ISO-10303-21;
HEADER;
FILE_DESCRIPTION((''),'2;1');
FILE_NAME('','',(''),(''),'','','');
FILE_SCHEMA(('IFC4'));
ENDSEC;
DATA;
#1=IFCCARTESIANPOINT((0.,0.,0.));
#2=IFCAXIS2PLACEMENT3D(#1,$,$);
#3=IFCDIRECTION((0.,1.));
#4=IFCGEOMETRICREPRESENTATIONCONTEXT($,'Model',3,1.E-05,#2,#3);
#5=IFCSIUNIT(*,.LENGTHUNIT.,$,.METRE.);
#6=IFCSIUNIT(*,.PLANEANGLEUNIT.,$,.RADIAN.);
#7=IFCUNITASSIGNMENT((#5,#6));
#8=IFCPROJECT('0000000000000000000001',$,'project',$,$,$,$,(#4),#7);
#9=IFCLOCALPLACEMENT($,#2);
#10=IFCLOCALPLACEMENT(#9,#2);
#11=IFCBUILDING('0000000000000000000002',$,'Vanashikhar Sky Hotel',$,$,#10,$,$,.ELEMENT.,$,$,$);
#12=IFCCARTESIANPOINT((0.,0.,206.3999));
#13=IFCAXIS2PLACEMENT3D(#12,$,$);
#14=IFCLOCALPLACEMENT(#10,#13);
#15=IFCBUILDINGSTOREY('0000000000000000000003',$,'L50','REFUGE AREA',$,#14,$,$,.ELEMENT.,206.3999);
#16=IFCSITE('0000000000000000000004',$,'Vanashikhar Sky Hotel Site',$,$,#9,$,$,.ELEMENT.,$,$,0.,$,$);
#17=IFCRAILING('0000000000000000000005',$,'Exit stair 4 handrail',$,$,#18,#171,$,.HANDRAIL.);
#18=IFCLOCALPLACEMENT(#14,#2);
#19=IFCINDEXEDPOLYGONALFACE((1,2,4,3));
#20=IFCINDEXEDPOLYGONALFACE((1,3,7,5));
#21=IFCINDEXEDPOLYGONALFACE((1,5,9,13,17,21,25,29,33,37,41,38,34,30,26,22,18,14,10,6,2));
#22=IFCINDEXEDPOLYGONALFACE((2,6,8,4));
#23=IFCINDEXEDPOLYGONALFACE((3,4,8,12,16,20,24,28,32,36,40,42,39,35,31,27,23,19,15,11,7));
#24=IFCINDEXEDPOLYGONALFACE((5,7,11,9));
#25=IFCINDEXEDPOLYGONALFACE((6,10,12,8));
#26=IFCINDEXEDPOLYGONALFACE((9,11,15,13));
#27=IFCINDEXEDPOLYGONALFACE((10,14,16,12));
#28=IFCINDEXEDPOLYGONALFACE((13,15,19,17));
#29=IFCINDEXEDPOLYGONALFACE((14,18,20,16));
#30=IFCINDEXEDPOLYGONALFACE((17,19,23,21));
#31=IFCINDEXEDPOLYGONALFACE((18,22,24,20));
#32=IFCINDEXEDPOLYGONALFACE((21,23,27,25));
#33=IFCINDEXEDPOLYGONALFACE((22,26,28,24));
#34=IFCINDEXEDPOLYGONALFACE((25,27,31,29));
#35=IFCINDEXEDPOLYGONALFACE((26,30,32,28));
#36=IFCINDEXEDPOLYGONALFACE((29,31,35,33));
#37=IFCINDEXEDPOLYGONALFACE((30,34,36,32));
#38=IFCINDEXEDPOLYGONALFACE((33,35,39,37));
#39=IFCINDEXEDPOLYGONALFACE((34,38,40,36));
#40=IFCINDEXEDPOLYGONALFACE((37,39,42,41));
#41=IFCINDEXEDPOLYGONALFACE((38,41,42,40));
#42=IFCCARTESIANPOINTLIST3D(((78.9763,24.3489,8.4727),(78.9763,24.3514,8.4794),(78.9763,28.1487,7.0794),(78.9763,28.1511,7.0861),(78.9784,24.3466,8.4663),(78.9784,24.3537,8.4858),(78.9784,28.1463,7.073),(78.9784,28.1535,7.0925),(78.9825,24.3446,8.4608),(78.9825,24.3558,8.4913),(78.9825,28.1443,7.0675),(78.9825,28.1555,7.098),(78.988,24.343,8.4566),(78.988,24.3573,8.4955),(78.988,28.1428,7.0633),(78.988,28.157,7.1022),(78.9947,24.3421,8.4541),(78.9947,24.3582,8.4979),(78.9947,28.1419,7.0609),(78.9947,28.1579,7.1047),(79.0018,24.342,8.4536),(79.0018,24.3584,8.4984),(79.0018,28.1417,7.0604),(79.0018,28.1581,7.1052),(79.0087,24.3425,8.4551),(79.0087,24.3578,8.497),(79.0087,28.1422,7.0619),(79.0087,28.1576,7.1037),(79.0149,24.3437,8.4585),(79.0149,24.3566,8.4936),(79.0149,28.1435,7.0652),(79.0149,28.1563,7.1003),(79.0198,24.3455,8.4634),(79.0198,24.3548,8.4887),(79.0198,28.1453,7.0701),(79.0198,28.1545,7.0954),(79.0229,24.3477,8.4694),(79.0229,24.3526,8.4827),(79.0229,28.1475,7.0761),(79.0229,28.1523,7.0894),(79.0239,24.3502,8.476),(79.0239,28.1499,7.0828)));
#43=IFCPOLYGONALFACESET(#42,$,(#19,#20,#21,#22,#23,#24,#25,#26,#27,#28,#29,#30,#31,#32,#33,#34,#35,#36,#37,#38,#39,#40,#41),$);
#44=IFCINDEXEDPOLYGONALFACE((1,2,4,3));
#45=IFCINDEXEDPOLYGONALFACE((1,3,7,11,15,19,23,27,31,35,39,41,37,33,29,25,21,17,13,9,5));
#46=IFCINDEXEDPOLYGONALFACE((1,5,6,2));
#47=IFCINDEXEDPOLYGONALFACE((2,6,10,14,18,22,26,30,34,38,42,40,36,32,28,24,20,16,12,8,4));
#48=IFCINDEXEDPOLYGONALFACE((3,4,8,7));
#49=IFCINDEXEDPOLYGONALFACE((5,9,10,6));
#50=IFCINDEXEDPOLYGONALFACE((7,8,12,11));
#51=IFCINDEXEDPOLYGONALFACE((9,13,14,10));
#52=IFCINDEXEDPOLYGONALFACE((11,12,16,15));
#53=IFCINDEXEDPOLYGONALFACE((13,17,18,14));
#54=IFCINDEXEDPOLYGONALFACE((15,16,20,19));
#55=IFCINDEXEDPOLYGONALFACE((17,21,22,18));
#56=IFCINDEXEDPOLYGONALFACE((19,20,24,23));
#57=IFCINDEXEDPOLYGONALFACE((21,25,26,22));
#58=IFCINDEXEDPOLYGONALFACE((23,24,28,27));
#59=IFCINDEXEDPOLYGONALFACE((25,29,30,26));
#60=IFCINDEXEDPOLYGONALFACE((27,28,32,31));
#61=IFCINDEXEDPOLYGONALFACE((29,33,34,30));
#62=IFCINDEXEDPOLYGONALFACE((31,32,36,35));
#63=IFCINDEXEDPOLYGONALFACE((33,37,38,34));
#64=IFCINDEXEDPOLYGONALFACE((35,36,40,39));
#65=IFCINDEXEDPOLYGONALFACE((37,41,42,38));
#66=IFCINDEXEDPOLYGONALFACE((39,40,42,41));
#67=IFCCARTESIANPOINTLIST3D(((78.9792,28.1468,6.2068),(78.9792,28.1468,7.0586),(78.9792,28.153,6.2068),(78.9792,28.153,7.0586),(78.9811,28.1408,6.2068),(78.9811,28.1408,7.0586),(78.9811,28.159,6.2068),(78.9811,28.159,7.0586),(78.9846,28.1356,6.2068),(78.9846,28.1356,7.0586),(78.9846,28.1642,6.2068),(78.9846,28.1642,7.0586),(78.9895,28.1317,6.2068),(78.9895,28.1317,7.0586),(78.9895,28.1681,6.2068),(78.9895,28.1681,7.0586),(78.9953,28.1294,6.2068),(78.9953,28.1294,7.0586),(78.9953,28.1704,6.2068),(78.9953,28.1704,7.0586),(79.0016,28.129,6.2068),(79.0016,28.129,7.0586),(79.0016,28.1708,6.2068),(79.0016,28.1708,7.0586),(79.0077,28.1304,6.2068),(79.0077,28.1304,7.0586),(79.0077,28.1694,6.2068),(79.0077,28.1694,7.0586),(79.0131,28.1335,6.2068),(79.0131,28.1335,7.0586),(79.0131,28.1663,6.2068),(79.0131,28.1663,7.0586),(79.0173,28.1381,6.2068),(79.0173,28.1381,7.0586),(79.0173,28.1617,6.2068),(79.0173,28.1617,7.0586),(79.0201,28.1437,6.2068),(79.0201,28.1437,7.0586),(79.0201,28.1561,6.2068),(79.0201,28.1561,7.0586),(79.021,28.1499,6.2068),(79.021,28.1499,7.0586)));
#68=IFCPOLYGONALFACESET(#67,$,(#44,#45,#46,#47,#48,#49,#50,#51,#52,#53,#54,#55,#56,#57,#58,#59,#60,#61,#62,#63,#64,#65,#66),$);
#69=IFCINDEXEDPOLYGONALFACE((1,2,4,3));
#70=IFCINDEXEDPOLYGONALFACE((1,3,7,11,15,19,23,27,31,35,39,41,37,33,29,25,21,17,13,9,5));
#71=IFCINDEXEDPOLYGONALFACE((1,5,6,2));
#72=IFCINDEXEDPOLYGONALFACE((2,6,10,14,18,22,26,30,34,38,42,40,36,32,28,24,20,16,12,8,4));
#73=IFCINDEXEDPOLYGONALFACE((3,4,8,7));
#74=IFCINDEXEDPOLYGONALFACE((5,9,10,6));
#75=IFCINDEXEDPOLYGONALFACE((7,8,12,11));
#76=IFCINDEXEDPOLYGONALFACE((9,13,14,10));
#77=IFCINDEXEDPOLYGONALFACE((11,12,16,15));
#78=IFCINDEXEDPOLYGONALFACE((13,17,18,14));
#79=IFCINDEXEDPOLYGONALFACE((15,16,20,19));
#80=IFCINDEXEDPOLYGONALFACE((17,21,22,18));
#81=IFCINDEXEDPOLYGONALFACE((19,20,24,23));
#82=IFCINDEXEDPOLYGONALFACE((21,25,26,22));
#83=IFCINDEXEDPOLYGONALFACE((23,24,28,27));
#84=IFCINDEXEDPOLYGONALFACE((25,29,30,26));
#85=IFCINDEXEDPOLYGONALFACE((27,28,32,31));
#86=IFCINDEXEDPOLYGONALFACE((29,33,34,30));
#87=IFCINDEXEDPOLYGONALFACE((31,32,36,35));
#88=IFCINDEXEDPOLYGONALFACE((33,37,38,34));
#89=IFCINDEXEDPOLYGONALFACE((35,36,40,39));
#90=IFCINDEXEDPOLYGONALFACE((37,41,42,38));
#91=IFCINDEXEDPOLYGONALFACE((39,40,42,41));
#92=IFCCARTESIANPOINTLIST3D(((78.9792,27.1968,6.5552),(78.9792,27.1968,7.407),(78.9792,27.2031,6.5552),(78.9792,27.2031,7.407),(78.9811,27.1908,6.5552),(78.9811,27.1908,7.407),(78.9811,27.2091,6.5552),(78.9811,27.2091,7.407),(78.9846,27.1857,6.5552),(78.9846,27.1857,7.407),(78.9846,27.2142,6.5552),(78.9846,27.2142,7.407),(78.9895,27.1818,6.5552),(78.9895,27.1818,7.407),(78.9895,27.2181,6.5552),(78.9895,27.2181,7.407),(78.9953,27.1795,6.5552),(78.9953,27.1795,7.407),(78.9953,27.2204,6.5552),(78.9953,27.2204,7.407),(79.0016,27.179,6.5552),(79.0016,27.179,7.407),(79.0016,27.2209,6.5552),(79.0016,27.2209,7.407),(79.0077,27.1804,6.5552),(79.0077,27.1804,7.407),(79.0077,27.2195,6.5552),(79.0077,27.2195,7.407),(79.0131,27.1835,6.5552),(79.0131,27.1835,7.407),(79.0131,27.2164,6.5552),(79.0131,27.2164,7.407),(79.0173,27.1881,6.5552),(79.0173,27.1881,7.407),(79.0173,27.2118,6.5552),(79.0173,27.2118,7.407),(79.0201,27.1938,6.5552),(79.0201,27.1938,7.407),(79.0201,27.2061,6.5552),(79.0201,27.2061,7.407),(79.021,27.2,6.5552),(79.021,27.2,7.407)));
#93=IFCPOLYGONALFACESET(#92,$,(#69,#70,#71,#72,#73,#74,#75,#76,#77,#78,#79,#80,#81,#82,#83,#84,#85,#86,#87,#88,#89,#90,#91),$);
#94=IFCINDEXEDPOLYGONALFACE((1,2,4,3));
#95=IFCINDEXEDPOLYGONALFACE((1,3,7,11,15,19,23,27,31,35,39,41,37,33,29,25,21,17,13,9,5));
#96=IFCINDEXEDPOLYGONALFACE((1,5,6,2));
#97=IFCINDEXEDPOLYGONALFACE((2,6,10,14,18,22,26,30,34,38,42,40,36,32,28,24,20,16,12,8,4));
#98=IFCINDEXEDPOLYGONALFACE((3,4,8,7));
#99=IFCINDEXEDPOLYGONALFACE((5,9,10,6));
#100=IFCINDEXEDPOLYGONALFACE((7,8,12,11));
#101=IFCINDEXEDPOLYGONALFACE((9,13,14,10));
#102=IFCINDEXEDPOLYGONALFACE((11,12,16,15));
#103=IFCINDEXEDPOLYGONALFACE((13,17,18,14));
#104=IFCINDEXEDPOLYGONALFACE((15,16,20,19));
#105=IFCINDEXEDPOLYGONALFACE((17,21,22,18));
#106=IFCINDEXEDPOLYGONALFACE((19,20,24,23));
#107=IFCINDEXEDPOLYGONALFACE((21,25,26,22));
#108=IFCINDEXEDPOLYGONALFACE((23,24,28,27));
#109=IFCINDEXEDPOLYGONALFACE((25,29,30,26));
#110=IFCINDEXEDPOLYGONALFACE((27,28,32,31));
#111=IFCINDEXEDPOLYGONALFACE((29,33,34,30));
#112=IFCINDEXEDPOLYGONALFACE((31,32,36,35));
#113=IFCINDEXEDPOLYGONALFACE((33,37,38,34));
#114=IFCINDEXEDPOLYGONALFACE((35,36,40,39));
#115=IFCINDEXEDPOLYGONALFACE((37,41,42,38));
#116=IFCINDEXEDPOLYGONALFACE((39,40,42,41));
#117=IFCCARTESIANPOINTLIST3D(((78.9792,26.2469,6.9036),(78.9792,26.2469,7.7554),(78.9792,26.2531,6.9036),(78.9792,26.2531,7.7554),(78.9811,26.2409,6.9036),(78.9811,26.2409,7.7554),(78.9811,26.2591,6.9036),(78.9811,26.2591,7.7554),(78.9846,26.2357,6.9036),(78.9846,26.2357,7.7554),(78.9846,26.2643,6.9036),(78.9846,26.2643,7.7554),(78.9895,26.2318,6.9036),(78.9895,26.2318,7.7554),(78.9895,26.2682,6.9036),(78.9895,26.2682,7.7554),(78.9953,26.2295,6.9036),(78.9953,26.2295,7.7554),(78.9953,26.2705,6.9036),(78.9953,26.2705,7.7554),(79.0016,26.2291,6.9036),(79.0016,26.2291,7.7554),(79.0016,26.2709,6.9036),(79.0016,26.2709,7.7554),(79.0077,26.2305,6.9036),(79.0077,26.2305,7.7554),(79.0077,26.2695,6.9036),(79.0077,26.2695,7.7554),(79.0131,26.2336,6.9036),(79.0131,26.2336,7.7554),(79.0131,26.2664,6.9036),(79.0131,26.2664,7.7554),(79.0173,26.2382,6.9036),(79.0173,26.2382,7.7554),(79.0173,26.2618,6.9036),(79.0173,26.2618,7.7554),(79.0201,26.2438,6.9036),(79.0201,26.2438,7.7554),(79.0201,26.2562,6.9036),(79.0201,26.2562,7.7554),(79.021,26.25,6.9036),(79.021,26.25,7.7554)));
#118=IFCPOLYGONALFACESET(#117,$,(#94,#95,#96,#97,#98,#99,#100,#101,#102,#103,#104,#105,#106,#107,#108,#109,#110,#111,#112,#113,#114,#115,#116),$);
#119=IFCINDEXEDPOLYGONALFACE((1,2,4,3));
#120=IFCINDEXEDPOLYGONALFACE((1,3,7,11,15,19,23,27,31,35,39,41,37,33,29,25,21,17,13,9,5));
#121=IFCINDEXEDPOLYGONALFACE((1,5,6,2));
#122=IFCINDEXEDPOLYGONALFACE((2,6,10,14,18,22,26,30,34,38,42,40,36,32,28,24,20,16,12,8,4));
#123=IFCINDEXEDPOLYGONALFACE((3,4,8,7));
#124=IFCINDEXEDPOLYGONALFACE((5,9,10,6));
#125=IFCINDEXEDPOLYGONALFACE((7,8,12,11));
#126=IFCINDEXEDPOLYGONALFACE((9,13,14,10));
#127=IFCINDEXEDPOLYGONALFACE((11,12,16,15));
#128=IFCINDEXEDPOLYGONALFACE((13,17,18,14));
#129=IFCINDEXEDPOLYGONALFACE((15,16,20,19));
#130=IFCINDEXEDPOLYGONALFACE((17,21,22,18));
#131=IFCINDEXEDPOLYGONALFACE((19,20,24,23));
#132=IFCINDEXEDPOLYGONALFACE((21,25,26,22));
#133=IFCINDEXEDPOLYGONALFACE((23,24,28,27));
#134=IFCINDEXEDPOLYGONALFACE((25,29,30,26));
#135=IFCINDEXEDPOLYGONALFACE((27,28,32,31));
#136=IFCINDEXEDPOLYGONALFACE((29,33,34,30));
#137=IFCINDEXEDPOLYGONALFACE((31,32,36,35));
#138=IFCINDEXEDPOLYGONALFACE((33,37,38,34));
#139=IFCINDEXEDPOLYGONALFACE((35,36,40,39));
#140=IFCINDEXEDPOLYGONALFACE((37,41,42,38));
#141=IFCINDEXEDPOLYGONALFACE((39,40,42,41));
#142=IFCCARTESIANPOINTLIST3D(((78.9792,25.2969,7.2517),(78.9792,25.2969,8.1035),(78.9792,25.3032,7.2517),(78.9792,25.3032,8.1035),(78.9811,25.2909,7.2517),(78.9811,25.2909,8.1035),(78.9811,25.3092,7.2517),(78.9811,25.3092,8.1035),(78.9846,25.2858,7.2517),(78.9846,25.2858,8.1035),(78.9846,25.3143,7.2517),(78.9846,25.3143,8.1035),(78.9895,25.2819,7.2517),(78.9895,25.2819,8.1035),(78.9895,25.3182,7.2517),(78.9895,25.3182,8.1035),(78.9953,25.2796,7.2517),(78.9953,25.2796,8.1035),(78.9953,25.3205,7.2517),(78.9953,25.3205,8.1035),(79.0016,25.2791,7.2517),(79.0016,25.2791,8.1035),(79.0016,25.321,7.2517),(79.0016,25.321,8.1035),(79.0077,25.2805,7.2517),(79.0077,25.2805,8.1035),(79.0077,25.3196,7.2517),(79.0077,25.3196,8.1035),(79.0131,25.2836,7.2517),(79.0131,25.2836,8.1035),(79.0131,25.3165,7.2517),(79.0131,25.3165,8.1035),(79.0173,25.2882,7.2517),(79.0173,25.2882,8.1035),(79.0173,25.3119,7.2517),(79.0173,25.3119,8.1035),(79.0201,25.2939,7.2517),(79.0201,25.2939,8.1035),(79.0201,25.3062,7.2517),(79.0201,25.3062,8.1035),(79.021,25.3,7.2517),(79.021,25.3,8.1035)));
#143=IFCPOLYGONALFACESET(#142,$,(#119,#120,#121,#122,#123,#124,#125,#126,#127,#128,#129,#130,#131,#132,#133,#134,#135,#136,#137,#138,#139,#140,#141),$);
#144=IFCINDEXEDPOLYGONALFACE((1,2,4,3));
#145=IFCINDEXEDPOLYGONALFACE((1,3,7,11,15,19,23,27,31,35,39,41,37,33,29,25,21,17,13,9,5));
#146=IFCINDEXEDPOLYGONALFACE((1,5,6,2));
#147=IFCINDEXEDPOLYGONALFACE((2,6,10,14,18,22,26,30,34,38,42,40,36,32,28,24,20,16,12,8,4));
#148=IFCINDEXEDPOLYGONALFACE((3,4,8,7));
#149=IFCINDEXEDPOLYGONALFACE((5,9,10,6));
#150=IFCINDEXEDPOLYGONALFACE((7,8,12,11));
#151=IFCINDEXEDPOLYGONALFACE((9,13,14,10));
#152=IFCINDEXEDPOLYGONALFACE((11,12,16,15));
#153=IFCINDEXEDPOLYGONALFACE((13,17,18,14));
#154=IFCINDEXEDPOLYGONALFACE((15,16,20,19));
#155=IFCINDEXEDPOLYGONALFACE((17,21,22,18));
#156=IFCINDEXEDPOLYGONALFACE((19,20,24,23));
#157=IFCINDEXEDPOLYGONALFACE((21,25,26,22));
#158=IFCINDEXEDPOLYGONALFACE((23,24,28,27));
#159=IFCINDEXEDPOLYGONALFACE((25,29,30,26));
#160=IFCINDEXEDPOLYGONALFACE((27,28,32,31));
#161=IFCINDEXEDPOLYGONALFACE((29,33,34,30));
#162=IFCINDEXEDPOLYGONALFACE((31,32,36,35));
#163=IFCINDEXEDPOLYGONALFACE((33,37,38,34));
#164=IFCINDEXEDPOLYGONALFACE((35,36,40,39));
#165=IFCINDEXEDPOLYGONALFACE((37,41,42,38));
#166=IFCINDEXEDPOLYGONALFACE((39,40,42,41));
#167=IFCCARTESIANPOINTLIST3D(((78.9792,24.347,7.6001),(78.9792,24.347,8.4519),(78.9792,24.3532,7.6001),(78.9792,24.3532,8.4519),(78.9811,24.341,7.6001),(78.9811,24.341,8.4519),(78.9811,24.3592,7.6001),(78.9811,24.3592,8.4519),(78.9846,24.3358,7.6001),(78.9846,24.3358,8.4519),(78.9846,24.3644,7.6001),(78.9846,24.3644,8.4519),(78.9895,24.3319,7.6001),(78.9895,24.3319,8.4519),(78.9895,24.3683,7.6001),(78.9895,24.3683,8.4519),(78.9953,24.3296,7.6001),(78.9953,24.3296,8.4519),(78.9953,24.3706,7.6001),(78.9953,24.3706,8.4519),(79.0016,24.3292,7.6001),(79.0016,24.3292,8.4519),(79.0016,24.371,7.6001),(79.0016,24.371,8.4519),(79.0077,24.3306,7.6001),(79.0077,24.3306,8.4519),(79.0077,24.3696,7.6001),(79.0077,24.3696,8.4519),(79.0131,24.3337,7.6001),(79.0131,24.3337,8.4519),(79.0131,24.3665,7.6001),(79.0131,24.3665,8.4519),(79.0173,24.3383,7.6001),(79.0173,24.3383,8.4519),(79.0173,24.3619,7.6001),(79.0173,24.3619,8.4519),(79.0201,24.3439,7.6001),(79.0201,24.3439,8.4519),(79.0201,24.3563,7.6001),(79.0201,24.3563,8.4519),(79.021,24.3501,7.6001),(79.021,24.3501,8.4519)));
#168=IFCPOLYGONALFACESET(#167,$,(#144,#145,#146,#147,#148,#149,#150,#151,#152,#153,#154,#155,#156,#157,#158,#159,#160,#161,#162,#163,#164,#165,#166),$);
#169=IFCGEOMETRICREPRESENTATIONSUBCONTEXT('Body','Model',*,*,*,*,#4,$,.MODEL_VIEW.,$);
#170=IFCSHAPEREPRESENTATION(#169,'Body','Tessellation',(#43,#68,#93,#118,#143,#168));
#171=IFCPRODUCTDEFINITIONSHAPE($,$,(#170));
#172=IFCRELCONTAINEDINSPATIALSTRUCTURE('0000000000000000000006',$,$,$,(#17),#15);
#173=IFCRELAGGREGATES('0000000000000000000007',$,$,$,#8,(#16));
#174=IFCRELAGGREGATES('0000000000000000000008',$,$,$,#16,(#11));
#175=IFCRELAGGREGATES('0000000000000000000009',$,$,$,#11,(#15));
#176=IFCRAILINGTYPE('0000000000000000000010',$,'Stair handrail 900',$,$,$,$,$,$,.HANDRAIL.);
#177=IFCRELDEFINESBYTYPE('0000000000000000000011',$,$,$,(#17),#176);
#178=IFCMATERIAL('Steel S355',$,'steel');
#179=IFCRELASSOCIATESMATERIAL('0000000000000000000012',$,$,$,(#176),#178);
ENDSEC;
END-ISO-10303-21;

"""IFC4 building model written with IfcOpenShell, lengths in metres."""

from ifc_helpers import new_model, si_unit, direction, frame, origin, origin_2d, place, context, subcontext, project, spatial, circle, extrude, source, transform, mapped, material, type_object, element, save


model = new_model("IFC4")

# Units and contexts
model_context = context("Model", 3, precision=1e-05, world=origin(), true_north=direction((0.0, 1.0)))
body_context = subcontext(model_context, "Body", "Model", "MODEL_VIEW")
ifc_project = project(units=[si_unit("LENGTHUNIT", "METRE"), si_unit("PLANEANGLEUNIT", "RADIAN")], contexts=[model_context])

# Site, building, storey
site_placement = place(None, origin())
site = spatial("IfcSite", under=ifc_project, at=site_placement, Name="Vanashikhar Sky Hotel Site", CompositionType="ELEMENT", RefElevation=0.0)
building_placement = place(site_placement, origin())
building = spatial("IfcBuilding", under=site, at=building_placement, Name="Vanashikhar Sky Hotel", CompositionType="ELEMENT")
storey_placement = place(building_placement, frame((0.0, 0.0, 206.3999)))
storey = spatial("IfcBuildingStorey", under=building, at=storey_placement, Name="L50", Description="REFUGE AREA", CompositionType="ELEMENT", Elevation=206.3999)

# Railing
ifc_material_1 = material(Name="Steel S355", Category="steel")
railing_type_1 = type_object("IfcRailingType", Name="Stair handrail 900", PredefinedType="HANDRAIL", material=ifc_material_1)
shared_shape_1 = source(origin(), body_context, "Body", "SweptSolid", [
    extrude(circle(Radius=0.0239, at=origin_2d()), frame((0.0, 0.0, 0.876), z_axis=(0.0, -0.938872, 0.344265), x_axis=(1.0, 0.0, 0.0)), (0.0, 0.0, 1.0), 4.0471),
    extrude(circle(Radius=0.021, at=origin_2d()), origin(), (0.0, 0.0, 1.0), 0.8518),
    extrude(circle(Radius=0.021, at=origin_2d()), frame((0.0, -0.95, 0.3484)), (0.0, 0.0, 1.0), 0.8518),
    extrude(circle(Radius=0.021, at=origin_2d()), frame((0.0, -1.8999, 0.6968)), (0.0, 0.0, 1.0), 0.8518),
    extrude(circle(Radius=0.021, at=origin_2d()), frame((0.0, -2.8499, 1.0449)), (0.0, 0.0, 1.0), 0.8518),
    extrude(circle(Radius=0.021, at=origin_2d()), frame((0.0, -3.7998, 1.3933)), (0.0, 0.0, 1.0), 0.8518),
])
railing_1_placement = place(storey_placement, frame((79.0, 28.1499, 6.2068)))
element("IfcRailing", 1, at=railing_1_placement, inside=storey, type_object=railing_type_1, Name="Exit stair 4 handrail", PredefinedType="HANDRAIL", context=body_context, shape_type="MappedRepresentation", body=[
    mapped(shared_shape_1, transform((0.0, 0.0, 0.0), scale=1.0)),
])

save(model, "model.ifc")
